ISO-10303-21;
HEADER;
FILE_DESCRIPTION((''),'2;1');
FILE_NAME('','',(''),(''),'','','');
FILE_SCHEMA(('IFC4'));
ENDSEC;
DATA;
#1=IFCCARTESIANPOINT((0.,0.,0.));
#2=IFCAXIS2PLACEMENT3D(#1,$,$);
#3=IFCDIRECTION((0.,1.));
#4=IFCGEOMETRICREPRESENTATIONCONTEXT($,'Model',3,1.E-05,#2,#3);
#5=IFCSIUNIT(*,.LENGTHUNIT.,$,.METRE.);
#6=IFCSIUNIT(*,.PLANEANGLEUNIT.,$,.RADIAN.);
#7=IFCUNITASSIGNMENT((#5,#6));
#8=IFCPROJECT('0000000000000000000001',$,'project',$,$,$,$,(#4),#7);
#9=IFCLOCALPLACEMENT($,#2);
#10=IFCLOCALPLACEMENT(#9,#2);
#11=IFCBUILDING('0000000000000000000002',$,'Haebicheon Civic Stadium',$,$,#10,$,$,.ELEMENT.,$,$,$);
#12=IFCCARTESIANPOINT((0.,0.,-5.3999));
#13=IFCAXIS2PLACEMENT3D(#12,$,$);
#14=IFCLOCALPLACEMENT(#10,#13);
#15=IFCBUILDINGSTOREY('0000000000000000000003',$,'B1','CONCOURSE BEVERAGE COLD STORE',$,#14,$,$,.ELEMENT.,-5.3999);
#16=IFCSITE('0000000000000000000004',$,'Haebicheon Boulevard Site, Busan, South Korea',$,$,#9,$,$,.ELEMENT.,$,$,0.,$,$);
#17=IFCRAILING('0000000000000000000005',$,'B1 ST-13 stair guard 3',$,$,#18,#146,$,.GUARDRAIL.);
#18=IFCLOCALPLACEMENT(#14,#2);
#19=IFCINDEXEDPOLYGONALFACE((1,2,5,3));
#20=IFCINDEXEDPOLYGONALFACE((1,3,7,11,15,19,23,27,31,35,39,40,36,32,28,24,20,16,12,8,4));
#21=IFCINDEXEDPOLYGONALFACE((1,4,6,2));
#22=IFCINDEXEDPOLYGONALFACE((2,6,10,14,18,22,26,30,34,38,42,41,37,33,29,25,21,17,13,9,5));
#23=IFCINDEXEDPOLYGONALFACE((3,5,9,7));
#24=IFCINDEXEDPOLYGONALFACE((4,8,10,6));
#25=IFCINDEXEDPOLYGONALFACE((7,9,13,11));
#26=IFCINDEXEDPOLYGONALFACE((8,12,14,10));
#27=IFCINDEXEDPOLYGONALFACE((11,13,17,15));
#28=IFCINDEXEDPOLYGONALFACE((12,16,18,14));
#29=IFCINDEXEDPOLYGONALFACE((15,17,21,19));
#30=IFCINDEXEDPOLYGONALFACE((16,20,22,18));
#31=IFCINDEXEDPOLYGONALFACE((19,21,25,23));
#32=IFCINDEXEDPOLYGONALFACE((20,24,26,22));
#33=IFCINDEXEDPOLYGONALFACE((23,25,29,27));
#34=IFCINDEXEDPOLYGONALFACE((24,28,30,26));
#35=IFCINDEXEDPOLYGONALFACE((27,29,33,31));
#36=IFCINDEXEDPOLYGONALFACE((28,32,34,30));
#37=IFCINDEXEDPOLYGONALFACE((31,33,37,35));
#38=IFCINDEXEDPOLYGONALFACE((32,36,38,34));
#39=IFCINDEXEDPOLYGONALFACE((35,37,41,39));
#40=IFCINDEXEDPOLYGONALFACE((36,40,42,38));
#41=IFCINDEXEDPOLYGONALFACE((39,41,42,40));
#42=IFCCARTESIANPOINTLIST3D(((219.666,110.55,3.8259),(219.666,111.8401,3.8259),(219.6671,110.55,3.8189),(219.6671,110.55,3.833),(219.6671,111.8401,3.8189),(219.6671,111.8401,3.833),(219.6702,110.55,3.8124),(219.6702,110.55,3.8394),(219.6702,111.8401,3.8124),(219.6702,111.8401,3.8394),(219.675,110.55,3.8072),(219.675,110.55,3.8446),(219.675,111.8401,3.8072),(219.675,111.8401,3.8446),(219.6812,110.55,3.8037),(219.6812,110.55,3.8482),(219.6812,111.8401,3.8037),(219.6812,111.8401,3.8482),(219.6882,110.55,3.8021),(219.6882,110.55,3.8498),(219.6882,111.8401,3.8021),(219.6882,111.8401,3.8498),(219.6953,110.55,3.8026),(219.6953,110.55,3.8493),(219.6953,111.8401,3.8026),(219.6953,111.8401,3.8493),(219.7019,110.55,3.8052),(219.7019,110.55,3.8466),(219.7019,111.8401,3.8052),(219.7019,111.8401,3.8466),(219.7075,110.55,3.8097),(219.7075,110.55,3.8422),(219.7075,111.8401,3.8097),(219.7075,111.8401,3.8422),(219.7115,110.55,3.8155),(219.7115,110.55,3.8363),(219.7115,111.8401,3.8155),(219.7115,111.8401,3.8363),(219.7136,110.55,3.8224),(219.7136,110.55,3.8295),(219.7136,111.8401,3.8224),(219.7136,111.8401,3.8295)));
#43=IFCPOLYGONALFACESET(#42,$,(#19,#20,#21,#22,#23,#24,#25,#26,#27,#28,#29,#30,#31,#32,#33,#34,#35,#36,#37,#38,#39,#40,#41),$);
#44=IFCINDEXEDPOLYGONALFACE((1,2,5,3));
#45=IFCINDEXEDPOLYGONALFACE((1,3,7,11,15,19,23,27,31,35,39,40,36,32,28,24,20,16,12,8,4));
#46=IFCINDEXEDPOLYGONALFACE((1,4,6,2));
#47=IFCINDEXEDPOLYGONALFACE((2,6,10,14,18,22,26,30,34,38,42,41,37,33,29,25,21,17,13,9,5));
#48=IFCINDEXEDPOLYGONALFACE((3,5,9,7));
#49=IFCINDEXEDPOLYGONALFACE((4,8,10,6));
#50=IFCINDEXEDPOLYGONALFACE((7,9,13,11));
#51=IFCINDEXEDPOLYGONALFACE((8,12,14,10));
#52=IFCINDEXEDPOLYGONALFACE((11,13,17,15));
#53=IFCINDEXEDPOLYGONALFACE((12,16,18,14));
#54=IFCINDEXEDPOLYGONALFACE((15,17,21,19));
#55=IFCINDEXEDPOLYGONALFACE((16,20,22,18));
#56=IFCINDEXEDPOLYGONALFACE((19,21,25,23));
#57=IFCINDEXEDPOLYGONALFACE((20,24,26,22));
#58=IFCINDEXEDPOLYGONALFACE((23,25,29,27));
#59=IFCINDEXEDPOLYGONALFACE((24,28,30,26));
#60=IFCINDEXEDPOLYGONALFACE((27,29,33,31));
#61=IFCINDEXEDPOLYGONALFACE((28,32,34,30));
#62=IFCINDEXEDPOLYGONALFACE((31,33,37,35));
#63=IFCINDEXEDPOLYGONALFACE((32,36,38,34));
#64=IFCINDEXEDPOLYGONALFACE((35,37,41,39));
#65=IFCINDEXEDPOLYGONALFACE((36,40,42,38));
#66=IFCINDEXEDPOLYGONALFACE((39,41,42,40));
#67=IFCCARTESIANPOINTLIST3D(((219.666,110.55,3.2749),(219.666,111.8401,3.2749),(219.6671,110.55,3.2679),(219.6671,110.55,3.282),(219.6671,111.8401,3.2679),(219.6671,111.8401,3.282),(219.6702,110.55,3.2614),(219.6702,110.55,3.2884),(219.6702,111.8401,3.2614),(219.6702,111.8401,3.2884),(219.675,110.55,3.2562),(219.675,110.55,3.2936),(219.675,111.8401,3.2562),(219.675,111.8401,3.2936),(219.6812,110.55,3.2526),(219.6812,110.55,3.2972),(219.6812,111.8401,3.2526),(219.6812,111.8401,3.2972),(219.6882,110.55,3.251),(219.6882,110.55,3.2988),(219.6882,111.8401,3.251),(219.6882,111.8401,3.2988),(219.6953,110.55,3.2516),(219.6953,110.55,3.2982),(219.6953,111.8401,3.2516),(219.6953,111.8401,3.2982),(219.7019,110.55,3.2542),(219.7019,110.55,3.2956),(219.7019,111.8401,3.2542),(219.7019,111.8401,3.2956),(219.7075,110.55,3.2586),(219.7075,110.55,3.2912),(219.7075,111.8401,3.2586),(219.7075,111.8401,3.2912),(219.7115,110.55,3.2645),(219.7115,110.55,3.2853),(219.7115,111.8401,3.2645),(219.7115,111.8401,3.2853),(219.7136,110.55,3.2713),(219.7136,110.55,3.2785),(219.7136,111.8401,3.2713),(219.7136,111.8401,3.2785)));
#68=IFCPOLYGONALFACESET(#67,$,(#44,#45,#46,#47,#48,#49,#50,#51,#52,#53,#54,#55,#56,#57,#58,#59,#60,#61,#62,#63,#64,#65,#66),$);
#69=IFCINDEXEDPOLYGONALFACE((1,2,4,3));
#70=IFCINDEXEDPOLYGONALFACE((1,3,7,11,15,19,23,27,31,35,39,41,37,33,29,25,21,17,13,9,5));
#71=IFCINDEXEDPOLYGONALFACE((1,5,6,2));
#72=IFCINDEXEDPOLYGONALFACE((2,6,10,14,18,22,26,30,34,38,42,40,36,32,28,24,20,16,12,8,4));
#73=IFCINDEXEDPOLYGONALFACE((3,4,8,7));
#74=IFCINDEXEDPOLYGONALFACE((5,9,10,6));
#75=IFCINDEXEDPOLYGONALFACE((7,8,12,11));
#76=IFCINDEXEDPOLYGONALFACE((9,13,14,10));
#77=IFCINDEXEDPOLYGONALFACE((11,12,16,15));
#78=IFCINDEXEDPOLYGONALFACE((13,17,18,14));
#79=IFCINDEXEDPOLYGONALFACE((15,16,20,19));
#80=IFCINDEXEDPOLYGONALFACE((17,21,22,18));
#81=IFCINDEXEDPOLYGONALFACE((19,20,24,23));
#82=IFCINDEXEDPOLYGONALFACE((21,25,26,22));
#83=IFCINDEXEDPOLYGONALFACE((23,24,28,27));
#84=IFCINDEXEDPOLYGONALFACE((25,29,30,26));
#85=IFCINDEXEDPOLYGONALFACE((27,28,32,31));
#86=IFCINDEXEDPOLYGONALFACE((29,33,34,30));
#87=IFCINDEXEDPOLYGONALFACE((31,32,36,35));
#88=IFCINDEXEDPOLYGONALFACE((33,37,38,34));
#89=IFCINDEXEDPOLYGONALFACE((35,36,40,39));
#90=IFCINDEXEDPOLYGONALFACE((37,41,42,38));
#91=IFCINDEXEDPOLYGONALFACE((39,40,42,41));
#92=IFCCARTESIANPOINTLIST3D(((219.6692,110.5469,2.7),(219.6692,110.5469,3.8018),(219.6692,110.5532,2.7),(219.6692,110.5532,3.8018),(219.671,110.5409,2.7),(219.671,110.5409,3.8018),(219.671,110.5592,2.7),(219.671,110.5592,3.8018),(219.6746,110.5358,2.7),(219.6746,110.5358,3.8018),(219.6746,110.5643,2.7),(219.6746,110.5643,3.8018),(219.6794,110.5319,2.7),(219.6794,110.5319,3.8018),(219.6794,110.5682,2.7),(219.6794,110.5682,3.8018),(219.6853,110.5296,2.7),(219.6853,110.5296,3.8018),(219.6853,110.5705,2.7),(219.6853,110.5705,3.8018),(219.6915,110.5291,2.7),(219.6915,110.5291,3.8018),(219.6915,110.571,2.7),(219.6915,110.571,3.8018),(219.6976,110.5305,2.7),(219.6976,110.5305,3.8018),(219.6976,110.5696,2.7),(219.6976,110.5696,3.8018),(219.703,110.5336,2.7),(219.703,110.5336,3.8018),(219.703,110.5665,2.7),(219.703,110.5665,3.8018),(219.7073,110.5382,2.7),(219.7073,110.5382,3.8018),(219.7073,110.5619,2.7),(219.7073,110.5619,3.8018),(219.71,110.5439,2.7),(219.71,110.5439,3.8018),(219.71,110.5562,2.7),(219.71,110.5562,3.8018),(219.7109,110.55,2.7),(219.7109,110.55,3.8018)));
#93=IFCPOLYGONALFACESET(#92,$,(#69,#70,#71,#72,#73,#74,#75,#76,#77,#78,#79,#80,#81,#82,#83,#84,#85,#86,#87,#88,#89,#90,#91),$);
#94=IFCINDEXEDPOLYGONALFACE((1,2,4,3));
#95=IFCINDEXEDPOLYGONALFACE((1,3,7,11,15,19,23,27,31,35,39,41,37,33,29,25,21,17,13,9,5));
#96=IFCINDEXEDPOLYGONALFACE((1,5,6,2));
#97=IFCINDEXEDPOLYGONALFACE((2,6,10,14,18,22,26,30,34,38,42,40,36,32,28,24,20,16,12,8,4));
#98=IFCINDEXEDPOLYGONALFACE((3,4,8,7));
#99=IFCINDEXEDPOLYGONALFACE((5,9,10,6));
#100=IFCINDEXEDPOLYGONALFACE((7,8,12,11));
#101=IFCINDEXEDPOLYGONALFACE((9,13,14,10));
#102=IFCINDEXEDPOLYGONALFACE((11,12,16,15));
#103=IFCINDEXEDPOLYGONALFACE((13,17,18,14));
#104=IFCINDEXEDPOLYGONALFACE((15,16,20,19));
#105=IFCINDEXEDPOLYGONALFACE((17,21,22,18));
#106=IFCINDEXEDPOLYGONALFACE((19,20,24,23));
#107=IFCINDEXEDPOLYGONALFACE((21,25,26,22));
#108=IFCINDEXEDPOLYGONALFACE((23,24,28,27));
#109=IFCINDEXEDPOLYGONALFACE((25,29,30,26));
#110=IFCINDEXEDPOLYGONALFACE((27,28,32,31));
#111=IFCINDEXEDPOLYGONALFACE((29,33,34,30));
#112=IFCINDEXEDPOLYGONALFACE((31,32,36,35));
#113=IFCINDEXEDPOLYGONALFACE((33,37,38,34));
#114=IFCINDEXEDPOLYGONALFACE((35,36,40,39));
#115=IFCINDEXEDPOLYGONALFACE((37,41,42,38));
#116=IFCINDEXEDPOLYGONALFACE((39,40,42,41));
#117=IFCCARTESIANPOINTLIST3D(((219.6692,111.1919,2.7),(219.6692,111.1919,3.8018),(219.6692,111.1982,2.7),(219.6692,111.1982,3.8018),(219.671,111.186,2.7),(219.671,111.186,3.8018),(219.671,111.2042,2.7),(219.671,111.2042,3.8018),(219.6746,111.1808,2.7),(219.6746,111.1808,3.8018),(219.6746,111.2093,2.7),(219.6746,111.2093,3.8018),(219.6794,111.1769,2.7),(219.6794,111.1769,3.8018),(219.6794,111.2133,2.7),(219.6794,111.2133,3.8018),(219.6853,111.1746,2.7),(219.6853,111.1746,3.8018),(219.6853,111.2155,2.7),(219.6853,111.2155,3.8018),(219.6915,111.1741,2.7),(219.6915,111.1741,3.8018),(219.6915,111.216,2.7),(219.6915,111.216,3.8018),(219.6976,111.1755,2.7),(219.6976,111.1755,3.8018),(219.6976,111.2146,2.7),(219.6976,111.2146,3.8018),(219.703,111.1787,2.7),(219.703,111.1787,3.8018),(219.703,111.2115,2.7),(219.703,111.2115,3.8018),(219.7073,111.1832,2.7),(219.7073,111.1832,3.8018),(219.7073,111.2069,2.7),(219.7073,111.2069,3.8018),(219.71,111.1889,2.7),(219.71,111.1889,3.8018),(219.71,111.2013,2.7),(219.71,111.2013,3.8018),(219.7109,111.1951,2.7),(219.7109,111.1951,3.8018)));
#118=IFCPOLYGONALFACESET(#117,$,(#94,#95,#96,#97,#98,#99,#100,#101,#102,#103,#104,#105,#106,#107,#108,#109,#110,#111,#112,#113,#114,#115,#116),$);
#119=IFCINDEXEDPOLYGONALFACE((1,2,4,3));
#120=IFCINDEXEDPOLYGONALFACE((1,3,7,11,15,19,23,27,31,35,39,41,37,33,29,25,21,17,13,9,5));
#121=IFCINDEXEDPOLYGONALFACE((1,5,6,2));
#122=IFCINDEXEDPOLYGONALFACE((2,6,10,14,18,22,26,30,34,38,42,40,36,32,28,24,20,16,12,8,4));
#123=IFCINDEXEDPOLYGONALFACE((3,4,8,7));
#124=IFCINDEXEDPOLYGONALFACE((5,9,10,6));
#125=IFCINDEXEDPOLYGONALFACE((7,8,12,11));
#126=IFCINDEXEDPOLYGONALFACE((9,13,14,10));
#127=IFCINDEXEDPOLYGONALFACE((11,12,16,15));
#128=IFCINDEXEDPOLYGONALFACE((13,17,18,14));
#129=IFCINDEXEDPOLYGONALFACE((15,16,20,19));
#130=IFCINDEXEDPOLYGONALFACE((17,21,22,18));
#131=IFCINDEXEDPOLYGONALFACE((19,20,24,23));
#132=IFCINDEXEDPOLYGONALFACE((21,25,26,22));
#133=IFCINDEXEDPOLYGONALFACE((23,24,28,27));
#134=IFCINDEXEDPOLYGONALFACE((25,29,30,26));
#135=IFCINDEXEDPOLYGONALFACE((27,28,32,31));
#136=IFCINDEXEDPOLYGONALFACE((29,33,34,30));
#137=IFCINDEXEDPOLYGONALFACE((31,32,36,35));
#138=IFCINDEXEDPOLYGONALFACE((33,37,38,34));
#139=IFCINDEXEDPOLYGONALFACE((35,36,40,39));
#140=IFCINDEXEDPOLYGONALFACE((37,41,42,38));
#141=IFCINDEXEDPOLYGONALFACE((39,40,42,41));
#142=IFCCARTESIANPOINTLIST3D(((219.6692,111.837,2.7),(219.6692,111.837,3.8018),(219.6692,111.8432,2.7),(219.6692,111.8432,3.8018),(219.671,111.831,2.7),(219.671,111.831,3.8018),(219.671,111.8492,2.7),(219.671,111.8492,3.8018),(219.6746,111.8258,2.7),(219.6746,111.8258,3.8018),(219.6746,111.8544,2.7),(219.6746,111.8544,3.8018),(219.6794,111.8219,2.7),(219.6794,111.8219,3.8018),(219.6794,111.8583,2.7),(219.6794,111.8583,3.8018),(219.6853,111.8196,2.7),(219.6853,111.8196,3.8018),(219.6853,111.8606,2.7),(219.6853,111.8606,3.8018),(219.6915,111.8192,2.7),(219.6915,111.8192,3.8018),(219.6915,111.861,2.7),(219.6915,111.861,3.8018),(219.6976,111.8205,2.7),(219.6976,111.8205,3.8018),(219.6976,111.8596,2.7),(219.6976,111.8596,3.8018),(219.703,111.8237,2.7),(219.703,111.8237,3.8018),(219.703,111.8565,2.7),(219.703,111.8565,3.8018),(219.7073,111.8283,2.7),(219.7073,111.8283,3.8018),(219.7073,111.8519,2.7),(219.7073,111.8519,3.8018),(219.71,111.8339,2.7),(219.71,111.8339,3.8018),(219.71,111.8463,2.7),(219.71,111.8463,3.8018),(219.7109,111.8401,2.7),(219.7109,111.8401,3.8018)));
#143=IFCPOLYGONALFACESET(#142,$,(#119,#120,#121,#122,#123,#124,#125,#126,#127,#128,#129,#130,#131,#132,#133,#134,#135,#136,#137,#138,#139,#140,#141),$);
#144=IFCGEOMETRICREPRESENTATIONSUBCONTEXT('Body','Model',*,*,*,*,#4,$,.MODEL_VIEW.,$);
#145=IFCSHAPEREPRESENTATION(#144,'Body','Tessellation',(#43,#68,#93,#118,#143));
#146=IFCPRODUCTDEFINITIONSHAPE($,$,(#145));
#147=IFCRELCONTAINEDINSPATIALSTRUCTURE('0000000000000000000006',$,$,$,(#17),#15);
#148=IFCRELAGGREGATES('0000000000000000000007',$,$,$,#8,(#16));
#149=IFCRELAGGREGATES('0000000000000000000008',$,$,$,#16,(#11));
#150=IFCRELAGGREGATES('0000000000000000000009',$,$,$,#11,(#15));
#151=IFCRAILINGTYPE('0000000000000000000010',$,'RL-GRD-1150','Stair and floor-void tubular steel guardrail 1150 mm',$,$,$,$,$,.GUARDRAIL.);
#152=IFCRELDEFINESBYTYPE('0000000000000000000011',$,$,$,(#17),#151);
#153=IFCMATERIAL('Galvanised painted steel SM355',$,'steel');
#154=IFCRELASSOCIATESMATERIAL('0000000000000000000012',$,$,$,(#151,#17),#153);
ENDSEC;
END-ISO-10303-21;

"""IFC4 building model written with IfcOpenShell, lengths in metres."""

from ifc_helpers import new_model, si_unit, direction, frame, origin, origin_2d, place, context, subcontext, project, spatial, circle, extrude, material, type_object, element, save


model = new_model("IFC4")

# Units and contexts
model_context = context("Model", 3, precision=1e-05, world=origin(), true_north=direction((0.0, 1.0)))
body_context = subcontext(model_context, "Body", "Model", "MODEL_VIEW")
ifc_project = project(units=[si_unit("LENGTHUNIT", "METRE"), si_unit("PLANEANGLEUNIT", "RADIAN")], contexts=[model_context])

# Site, building, storey
site_placement = place(None, origin())
site = spatial("IfcSite", under=ifc_project, at=site_placement, Name="Haebicheon Boulevard Site, Busan, South Korea", CompositionType="ELEMENT", RefElevation=0.0)
building_placement = place(site_placement, origin())
building = spatial("IfcBuilding", under=site, at=building_placement, Name="Haebicheon Civic Stadium", CompositionType="ELEMENT")
storey_placement = place(building_placement, frame((0.0, 0.0, -5.3999)))
storey = spatial("IfcBuildingStorey", under=building, at=storey_placement, Name="B1", Description="CONCOURSE BEVERAGE COLD STORE", CompositionType="ELEMENT", Elevation=-5.3999)

# Railing
ifc_material_1 = material(Name="Galvanised painted steel SM355", Category="steel")
railing_type_1 = type_object("IfcRailingType", Name="RL-GRD-1150", Description="Stair and floor-void tubular steel guardrail 1150 mm", PredefinedType="GUARDRAIL", material=ifc_material_1)
for number, where, name in (
    (1, (219.6899, 110.55, 2.7), "B1 ST-13 stair guard 3"),
):
    element("IfcRailing", number, at=place(storey_placement, frame(where)), inside=storey, type_object=railing_type_1, material=ifc_material_1, Name=name, PredefinedType="GUARDRAIL", context=body_context, shape_type="SweptSolid", body=[
        extrude(circle(Radius=0.0239, at=origin_2d()), frame((0.0, 0.0, 1.126), z_axis=(0.0, 1.0, 0.0), x_axis=(-1.0, 0.0, 0.0)), (0.0, 0.0, 1.0), 1.29),
        extrude(circle(Radius=0.0239, at=origin_2d()), frame((0.0, 0.0, 0.575), z_axis=(0.0, 1.0, 0.0), x_axis=(-1.0, 0.0, 0.0)), (0.0, 0.0, 1.0), 1.29),
        extrude(circle(Radius=0.021, at=origin_2d()), origin(), (0.0, 0.0, 1.0), 1.1018),
        extrude(circle(Radius=0.021, at=origin_2d()), frame((0.0, 0.645, 0.0)), (0.0, 0.0, 1.0), 1.1018),
        extrude(circle(Radius=0.021, at=origin_2d()), frame((0.0, 1.29, 0.0)), (0.0, 0.0, 1.0), 1.1018),
    ])

save(model, "model.ifc")
